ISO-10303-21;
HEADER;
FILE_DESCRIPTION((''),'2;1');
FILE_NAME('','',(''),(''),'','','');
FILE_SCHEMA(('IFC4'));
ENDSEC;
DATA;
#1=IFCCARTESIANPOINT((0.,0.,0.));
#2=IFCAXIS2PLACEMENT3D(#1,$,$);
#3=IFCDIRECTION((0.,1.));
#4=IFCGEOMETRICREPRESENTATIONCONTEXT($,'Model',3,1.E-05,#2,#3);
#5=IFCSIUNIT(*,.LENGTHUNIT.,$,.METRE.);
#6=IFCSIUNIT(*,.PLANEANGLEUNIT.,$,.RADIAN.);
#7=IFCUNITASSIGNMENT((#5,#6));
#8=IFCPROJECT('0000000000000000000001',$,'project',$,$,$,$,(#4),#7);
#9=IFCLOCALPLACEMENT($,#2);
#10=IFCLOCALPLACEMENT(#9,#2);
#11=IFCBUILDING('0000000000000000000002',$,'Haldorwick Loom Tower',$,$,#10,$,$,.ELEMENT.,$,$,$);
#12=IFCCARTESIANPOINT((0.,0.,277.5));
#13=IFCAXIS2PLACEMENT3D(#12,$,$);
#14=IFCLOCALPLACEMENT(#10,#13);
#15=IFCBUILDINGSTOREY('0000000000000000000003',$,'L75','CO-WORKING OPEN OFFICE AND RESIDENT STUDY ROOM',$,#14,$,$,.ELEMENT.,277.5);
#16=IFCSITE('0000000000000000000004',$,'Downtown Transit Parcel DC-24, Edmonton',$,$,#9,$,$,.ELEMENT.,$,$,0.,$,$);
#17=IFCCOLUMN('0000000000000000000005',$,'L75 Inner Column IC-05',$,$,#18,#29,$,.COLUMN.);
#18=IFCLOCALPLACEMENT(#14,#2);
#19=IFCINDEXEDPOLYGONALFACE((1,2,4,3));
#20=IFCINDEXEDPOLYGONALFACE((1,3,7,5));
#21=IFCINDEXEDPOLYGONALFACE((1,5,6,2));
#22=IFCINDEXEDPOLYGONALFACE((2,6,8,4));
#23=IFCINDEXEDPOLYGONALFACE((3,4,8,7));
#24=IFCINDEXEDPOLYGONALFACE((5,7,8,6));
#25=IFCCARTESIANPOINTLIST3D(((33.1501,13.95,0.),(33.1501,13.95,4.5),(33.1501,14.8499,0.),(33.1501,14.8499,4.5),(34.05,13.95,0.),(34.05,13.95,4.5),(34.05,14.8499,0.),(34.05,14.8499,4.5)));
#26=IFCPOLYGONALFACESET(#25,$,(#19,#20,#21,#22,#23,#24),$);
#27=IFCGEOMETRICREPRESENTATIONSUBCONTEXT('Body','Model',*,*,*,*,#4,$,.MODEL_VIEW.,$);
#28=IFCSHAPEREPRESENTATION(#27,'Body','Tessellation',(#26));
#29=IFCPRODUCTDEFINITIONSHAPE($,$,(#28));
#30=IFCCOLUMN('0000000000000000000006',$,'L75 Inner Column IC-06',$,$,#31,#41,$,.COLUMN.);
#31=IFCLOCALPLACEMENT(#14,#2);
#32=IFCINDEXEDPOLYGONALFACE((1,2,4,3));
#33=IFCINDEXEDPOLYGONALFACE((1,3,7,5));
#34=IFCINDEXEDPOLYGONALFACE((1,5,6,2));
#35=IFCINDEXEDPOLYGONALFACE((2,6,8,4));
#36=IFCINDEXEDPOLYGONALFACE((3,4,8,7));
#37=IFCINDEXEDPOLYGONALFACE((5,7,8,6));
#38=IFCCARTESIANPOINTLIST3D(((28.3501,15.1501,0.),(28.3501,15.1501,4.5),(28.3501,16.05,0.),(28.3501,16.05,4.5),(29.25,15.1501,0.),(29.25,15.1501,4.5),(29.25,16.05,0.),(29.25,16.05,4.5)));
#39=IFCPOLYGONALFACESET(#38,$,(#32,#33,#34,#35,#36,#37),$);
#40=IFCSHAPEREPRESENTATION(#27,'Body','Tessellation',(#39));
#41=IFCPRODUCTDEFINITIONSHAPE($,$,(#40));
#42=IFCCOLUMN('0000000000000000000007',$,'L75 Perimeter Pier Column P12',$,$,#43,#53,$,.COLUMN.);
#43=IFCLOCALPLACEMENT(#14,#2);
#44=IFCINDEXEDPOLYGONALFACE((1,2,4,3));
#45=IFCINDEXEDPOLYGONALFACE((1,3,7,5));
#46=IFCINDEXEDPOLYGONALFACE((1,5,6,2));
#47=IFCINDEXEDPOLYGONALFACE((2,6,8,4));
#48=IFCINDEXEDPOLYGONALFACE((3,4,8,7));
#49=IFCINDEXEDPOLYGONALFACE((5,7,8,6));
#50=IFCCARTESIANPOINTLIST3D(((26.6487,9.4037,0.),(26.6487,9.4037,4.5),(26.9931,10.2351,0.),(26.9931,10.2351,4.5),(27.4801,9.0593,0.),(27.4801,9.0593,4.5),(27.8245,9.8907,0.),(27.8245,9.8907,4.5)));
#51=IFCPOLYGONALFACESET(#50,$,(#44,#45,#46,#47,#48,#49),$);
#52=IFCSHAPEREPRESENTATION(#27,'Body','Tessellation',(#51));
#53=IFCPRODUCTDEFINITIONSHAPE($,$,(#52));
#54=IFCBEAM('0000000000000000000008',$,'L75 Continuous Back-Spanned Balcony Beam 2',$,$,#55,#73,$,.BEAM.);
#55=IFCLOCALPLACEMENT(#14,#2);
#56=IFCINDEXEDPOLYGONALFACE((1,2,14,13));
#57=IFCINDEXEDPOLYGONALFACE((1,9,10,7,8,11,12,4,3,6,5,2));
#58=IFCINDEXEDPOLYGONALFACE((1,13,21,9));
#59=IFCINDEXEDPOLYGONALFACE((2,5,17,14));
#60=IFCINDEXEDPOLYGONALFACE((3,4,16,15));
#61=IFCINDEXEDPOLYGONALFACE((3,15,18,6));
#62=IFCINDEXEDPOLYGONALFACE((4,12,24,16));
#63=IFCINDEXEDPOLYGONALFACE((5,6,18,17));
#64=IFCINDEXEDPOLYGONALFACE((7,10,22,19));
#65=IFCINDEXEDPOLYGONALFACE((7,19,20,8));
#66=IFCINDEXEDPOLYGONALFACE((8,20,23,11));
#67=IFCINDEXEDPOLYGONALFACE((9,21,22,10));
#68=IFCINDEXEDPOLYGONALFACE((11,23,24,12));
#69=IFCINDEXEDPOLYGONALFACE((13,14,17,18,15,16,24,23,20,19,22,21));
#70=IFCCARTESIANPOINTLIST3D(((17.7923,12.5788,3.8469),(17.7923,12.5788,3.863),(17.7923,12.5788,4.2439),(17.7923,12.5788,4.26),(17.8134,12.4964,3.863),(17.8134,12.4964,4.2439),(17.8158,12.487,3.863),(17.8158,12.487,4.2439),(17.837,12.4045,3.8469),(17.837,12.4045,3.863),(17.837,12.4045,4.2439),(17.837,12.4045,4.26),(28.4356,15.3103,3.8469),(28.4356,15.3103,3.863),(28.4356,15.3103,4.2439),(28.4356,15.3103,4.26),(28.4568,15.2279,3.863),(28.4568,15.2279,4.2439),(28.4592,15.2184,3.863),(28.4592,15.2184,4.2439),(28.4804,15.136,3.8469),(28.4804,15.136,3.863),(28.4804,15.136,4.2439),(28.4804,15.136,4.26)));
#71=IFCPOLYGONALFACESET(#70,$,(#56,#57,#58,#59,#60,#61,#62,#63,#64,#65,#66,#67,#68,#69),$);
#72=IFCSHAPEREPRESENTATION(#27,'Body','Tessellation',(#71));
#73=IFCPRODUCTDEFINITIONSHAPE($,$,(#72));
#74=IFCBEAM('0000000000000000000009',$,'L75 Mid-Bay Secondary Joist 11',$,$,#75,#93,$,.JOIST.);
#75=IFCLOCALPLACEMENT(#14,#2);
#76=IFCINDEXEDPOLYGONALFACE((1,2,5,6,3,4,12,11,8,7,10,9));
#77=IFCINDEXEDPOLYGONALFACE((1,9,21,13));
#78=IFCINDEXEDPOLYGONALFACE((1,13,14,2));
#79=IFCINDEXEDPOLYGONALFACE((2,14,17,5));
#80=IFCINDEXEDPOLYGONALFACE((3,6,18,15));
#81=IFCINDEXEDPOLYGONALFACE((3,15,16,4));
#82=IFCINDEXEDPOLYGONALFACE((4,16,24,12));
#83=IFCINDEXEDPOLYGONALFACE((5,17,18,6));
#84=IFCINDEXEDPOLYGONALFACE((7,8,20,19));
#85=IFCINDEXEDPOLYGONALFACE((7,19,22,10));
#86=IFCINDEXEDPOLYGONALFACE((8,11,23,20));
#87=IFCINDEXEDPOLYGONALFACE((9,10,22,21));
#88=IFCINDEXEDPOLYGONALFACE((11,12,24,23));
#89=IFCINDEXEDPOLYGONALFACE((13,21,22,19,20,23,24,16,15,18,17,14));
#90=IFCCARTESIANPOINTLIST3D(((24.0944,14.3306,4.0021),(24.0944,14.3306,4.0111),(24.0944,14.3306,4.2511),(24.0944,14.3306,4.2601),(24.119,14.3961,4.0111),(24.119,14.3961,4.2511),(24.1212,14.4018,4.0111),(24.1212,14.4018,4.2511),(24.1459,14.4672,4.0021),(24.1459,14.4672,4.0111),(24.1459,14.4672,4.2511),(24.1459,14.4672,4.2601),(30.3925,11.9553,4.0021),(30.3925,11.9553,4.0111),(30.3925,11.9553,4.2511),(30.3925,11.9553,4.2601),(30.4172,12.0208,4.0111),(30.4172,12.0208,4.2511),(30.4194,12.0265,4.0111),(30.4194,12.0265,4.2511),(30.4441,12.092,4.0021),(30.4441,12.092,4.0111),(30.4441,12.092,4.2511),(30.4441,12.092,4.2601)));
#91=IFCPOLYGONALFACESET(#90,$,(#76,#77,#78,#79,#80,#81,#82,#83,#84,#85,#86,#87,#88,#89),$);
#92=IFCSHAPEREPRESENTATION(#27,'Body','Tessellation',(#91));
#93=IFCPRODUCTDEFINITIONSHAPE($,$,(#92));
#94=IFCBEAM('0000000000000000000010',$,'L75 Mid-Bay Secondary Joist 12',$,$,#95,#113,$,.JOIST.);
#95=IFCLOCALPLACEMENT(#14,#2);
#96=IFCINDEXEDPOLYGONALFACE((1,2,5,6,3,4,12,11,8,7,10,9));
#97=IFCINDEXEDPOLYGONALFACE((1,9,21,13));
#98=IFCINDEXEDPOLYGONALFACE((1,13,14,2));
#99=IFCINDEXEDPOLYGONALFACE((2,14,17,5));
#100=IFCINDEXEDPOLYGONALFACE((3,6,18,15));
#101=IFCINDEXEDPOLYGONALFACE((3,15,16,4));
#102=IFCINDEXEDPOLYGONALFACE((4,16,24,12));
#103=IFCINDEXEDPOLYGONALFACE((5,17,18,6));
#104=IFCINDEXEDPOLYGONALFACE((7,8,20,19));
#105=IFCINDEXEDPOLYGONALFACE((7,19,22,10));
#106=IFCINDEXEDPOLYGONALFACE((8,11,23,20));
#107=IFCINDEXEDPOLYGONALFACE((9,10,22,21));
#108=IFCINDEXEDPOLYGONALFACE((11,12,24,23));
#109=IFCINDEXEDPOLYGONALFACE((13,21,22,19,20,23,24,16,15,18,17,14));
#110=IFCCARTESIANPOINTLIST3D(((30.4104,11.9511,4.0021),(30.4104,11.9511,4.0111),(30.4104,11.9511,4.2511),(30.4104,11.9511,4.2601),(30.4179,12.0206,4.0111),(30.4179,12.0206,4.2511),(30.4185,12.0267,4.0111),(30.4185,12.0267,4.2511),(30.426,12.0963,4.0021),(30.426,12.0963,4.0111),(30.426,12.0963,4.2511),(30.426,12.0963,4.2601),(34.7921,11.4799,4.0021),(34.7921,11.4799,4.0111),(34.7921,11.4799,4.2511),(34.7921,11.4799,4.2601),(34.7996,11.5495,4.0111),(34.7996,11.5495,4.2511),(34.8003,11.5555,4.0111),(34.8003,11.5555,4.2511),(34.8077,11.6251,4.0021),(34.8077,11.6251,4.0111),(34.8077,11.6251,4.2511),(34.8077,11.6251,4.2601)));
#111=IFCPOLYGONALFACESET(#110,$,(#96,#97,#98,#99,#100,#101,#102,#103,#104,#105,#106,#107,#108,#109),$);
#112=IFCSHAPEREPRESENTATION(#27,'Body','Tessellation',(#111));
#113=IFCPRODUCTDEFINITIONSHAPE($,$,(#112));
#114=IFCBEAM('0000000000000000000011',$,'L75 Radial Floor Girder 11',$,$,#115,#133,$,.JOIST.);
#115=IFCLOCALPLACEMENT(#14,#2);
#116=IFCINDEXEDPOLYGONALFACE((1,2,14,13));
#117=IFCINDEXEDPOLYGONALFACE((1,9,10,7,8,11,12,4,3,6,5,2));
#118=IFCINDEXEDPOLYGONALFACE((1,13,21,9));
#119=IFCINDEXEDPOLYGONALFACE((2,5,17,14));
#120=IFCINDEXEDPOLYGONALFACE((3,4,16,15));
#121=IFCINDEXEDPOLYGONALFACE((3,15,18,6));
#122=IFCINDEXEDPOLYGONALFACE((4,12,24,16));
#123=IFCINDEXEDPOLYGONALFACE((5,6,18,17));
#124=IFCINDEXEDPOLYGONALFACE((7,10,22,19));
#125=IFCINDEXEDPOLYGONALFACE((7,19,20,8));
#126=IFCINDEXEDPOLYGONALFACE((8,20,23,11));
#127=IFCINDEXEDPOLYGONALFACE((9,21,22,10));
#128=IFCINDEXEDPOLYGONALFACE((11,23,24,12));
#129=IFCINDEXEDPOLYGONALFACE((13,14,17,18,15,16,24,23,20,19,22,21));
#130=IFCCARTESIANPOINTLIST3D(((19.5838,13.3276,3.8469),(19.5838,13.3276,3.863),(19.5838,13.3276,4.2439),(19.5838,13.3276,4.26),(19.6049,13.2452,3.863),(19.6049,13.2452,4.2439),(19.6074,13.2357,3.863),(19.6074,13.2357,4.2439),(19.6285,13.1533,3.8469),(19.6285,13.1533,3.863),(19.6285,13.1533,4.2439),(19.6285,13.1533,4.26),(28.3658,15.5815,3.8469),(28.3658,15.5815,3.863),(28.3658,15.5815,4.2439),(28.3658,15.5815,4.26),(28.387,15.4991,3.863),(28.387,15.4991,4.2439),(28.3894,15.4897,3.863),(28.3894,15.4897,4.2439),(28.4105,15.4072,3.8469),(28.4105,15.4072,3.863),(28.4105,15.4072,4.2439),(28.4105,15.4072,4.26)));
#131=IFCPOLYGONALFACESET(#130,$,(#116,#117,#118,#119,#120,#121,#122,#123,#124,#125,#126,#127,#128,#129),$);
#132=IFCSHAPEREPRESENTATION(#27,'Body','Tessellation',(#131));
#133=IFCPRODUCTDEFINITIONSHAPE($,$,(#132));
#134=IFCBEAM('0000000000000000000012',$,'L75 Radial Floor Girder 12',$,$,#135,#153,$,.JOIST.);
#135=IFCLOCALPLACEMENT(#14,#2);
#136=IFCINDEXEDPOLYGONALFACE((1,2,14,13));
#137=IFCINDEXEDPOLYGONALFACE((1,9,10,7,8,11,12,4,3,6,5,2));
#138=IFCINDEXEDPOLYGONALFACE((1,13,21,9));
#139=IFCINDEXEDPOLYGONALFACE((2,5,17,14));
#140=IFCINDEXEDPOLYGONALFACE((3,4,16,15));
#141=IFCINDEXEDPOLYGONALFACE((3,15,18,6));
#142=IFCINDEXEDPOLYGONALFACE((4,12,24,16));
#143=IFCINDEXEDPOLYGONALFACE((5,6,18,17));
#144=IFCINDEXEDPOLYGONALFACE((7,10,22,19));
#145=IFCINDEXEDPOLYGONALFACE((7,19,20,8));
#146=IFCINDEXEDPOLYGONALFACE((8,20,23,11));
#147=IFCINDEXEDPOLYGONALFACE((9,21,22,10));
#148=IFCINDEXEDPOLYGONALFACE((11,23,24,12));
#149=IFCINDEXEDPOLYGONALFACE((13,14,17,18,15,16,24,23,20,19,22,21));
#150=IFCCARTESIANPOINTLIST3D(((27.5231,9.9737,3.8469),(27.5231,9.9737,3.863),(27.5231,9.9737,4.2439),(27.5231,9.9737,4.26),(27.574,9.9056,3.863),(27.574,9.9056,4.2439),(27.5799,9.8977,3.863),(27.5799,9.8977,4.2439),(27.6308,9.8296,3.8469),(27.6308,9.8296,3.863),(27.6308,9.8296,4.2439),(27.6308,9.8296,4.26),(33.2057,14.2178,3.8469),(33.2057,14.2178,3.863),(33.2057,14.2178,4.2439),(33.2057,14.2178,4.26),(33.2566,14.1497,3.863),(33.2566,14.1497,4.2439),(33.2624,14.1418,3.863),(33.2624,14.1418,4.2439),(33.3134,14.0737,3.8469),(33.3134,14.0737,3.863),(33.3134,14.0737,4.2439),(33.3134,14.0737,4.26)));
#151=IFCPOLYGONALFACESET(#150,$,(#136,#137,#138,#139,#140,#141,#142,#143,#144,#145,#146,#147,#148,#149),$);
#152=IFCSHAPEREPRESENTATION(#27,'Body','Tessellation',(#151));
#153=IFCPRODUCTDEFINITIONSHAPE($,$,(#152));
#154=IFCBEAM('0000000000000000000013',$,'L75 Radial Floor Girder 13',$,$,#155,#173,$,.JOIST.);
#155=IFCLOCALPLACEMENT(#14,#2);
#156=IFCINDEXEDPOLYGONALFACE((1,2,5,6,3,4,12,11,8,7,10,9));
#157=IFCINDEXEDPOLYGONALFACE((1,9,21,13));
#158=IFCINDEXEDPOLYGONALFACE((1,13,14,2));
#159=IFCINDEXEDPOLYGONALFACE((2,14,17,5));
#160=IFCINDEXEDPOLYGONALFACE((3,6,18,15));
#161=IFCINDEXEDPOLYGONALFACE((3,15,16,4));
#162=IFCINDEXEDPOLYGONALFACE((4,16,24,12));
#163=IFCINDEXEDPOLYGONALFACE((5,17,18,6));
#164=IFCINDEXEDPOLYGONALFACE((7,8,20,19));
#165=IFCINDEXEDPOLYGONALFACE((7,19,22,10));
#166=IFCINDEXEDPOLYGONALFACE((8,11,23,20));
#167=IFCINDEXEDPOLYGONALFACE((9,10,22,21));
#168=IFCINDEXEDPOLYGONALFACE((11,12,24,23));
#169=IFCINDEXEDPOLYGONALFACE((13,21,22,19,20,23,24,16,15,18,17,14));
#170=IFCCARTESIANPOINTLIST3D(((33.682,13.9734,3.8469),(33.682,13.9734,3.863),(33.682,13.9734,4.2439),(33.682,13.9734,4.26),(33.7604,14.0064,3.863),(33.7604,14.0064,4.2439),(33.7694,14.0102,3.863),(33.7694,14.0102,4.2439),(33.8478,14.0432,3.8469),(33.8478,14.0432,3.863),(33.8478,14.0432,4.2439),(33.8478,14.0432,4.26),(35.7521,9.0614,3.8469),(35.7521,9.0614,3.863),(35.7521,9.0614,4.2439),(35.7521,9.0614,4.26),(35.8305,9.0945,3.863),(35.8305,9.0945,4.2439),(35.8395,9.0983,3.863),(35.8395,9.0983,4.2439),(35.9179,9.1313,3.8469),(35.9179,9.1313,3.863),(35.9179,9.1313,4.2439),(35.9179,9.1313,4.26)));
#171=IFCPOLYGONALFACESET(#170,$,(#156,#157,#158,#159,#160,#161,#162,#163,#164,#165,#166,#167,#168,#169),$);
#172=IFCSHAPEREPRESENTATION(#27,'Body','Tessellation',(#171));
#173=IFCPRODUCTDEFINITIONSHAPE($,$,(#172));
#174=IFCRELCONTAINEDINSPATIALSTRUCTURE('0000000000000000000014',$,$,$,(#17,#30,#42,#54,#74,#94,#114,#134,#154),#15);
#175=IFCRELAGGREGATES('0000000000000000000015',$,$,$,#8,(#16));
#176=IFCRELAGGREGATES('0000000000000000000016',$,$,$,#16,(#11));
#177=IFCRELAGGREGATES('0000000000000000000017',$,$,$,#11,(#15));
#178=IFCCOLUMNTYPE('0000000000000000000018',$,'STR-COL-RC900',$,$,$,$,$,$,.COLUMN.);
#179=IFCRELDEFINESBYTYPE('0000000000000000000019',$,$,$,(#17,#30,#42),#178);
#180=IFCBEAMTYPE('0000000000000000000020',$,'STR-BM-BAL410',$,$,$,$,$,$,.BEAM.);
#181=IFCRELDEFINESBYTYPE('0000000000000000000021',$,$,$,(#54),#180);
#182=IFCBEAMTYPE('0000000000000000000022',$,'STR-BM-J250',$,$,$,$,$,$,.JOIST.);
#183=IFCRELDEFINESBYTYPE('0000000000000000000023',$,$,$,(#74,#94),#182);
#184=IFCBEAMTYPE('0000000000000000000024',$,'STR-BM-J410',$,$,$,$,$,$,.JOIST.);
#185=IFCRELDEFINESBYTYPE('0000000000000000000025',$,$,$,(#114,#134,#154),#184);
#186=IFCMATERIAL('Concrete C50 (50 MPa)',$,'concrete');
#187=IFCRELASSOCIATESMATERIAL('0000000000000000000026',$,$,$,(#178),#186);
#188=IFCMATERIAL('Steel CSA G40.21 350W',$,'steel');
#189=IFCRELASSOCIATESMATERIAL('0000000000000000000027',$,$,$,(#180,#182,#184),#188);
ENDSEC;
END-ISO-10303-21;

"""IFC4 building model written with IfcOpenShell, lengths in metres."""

from ifc_helpers import new_model, si_unit, direction, frame, origin, origin_2d, place, context, subcontext, project, spatial, rectangle, i_section, extrude, material, material_profile, profile_set, type_object, element, save


model = new_model("IFC4")

# Units and contexts
model_context = context("Model", 3, precision=1e-05, world=origin(), true_north=direction((0.0, 1.0)))
body_context = subcontext(model_context, "Body", "Model", "MODEL_VIEW")
ifc_project = project(units=[si_unit("LENGTHUNIT", "METRE"), si_unit("PLANEANGLEUNIT", "RADIAN")], contexts=[model_context])

# Site, building, storey
site_placement = place(None, origin())
site = spatial("IfcSite", under=ifc_project, at=site_placement, Name="Downtown Transit Parcel DC-24, Edmonton", CompositionType="ELEMENT", RefElevation=0.0)
building_placement = place(site_placement, origin())
building = spatial("IfcBuilding", under=site, at=building_placement, Name="Haldorwick Loom Tower", CompositionType="ELEMENT")
storey_placement = place(building_placement, frame((0.0, 0.0, 277.5)))
storey = spatial("IfcBuildingStorey", under=building, at=storey_placement, Name="L75", Description="CO-WORKING OPEN OFFICE AND RESIDENT STUDY ROOM", CompositionType="ELEMENT", Elevation=277.5)

# Columns
ifc_material_1 = material(Name="Concrete C50 (50 MPa)", Category="concrete")
ifc_material_profile_1 = material_profile(ifc_material_1, rectangle(XDim=0.8999, YDim=0.8999, at=origin_2d()), Name="RC900X900", Category="concrete")
ifc_profile_set_1 = profile_set([ifc_material_profile_1], Name="Concrete C50 (50 MPa)")
column_type = type_object("IfcColumnType", Name="STR-COL-RC900", PredefinedType="COLUMN", material=ifc_profile_set_1)
for number, where, z_axis, x_axis, name in (
    (1, (33.6001, 14.3999, 0.0), (0.0, 0.0, 1.0), (1.0, 0.0, 0.0), "L75 Inner Column IC-05"),
    (2, (28.8, 15.6001, 0.0), (0.0, 0.0, 1.0), (1.0, 0.0, 0.0), "L75 Inner Column IC-06"),
    (3, (27.2366, 9.6472, 0.0), (0.0, 0.0, 1.0), (-0.382683, -0.92388, 0.0), "L75 Perimeter Pier Column P12"),
):
    element("IfcColumn", number, at=place(storey_placement, frame(where, z_axis=z_axis, x_axis=x_axis)), inside=storey, type_object=column_type, Name=name, PredefinedType="COLUMN", context=body_context, shape_type="SweptSolid", body=[
        extrude(rectangle(XDim=0.8999, YDim=0.8999, at=origin_2d()), origin(), (0.0, 0.0, 1.0), 4.5),
    ])

# Beams
ifc_material_2 = material(Name="Steel CSA G40.21 350W", Category="steel")
ifc_material_profile_2 = material_profile(ifc_material_2, i_section(OverallWidth=0.1799, OverallDepth=0.4131, WebThickness=0.0098, FlangeThickness=0.0161, at=origin_2d()), Name="W410X74", Category="steel")
ifc_profile_set_2 = profile_set([ifc_material_profile_2], Name="Steel CSA G40.21 350W")
beam_type_1 = type_object("IfcBeamType", Name="STR-BM-BAL410", PredefinedType="BEAM", material=ifc_profile_set_2)
beam_1_placement = place(storey_placement, frame((28.458, 15.2231, 4.0535), z_axis=(-0.968611, -0.24858, 0.0), x_axis=(0.24858, -0.968611, 0.0)))
element("IfcBeam", 4, at=beam_1_placement, inside=storey, type_object=beam_type_1, Name="L75 Continuous Back-Spanned Balcony Beam 2", PredefinedType="BEAM", context=body_context, shape_type="SweptSolid", body=[
    extrude(i_section(OverallWidth=0.1799, OverallDepth=0.4131, WebThickness=0.0098, FlangeThickness=0.0161, at=origin_2d()), origin(), (0.0, 0.0, 1.0), 10.9883),
])
ifc_material_profile_3 = material_profile(ifc_material_2, i_section(OverallWidth=0.146, OverallDepth=0.2581, WebThickness=0.0061, FlangeThickness=0.009, at=origin_2d()), Name="W250X33", Category="steel")
ifc_profile_set_3 = profile_set([ifc_material_profile_3], Name="Steel CSA G40.21 350W")
beam_type_2 = type_object("IfcBeamType", Name="STR-BM-J250", PredefinedType="JOIST", material=ifc_profile_set_3)
beam_2_placement = place(storey_placement, frame((24.1201, 14.3989, 4.1311), z_axis=(0.93567, -0.352876, 0.0), x_axis=(0.352876, 0.93567, 0.0)))
element("IfcBeam", 5, at=beam_2_placement, inside=storey, type_object=beam_type_2, Name="L75 Mid-Bay Secondary Joist 11", PredefinedType="JOIST", context=body_context, shape_type="SweptSolid", body=[
    extrude(i_section(OverallWidth=0.146, OverallDepth=0.2581, WebThickness=0.0061, FlangeThickness=0.009, at=origin_2d()), origin(), (0.0, 0.0, 1.0), 6.7312),
])
beam_3_placement = place(storey_placement, frame((30.4182, 12.0237, 4.1311), z_axis=(0.994268, -0.106916, 0.0), x_axis=(0.106916, 0.994268, 0.0)))
element("IfcBeam", 6, at=beam_3_placement, inside=storey, type_object=beam_type_2, Name="L75 Mid-Bay Secondary Joist 12", PredefinedType="JOIST", context=body_context, shape_type="SweptSolid", body=[
    extrude(i_section(OverallWidth=0.146, OverallDepth=0.2581, WebThickness=0.0061, FlangeThickness=0.009, at=origin_2d()), origin(), (0.0, 0.0, 1.0), 4.407),
])
ifc_material_profile_4 = material_profile(ifc_material_2, i_section(OverallWidth=0.1799, OverallDepth=0.4131, WebThickness=0.0098, FlangeThickness=0.0161, at=origin_2d()), Name="W410X74", Category="steel")
ifc_profile_set_4 = profile_set([ifc_material_profile_4], Name="Steel CSA G40.21 350W")
beam_type_3 = type_object("IfcBeamType", Name="STR-BM-J410", PredefinedType="JOIST", material=ifc_profile_set_4)
beam_4_placement = place(storey_placement, frame((28.3882, 15.4944, 4.0535), z_axis=(-0.968608, -0.248594, 0.0), x_axis=(0.248594, -0.968608, 0.0)))
element("IfcBeam", 7, at=beam_4_placement, inside=storey, type_object=beam_type_3, Name="L75 Radial Floor Girder 11", PredefinedType="JOIST", context=body_context, shape_type="SweptSolid", body=[
    extrude(i_section(OverallWidth=0.1799, OverallDepth=0.4131, WebThickness=0.0098, FlangeThickness=0.0161, at=origin_2d()), origin(), (0.0, 0.0, 1.0), 9.0667),
])
beam_5_placement = place(storey_placement, frame((33.2595, 14.1458, 4.0535), z_axis=(-0.801205, -0.598391, 0.0), x_axis=(0.598391, -0.801205, 0.0)))
element("IfcBeam", 8, at=beam_5_placement, inside=storey, type_object=beam_type_3, Name="L75 Radial Floor Girder 12", PredefinedType="JOIST", context=body_context, shape_type="SweptSolid", body=[
    extrude(i_section(OverallWidth=0.1799, OverallDepth=0.4131, WebThickness=0.0098, FlangeThickness=0.0161, at=origin_2d()), origin(), (0.0, 0.0, 1.0), 7.0925),
])
beam_6_placement = place(storey_placement, frame((33.7649, 14.0083, 4.0535), z_axis=(0.388362, -0.921507, 0.0), x_axis=(0.921507, 0.388362, 0.0)))
element("IfcBeam", 9, at=beam_6_placement, inside=storey, type_object=beam_type_3, Name="L75 Radial Floor Girder 13", PredefinedType="JOIST", context=body_context, shape_type="SweptSolid", body=[
    extrude(i_section(OverallWidth=0.1799, OverallDepth=0.4131, WebThickness=0.0098, FlangeThickness=0.0161, at=origin_2d()), origin(), (0.0, 0.0, 1.0), 5.3303),
])

save(model, "model.ifc")
